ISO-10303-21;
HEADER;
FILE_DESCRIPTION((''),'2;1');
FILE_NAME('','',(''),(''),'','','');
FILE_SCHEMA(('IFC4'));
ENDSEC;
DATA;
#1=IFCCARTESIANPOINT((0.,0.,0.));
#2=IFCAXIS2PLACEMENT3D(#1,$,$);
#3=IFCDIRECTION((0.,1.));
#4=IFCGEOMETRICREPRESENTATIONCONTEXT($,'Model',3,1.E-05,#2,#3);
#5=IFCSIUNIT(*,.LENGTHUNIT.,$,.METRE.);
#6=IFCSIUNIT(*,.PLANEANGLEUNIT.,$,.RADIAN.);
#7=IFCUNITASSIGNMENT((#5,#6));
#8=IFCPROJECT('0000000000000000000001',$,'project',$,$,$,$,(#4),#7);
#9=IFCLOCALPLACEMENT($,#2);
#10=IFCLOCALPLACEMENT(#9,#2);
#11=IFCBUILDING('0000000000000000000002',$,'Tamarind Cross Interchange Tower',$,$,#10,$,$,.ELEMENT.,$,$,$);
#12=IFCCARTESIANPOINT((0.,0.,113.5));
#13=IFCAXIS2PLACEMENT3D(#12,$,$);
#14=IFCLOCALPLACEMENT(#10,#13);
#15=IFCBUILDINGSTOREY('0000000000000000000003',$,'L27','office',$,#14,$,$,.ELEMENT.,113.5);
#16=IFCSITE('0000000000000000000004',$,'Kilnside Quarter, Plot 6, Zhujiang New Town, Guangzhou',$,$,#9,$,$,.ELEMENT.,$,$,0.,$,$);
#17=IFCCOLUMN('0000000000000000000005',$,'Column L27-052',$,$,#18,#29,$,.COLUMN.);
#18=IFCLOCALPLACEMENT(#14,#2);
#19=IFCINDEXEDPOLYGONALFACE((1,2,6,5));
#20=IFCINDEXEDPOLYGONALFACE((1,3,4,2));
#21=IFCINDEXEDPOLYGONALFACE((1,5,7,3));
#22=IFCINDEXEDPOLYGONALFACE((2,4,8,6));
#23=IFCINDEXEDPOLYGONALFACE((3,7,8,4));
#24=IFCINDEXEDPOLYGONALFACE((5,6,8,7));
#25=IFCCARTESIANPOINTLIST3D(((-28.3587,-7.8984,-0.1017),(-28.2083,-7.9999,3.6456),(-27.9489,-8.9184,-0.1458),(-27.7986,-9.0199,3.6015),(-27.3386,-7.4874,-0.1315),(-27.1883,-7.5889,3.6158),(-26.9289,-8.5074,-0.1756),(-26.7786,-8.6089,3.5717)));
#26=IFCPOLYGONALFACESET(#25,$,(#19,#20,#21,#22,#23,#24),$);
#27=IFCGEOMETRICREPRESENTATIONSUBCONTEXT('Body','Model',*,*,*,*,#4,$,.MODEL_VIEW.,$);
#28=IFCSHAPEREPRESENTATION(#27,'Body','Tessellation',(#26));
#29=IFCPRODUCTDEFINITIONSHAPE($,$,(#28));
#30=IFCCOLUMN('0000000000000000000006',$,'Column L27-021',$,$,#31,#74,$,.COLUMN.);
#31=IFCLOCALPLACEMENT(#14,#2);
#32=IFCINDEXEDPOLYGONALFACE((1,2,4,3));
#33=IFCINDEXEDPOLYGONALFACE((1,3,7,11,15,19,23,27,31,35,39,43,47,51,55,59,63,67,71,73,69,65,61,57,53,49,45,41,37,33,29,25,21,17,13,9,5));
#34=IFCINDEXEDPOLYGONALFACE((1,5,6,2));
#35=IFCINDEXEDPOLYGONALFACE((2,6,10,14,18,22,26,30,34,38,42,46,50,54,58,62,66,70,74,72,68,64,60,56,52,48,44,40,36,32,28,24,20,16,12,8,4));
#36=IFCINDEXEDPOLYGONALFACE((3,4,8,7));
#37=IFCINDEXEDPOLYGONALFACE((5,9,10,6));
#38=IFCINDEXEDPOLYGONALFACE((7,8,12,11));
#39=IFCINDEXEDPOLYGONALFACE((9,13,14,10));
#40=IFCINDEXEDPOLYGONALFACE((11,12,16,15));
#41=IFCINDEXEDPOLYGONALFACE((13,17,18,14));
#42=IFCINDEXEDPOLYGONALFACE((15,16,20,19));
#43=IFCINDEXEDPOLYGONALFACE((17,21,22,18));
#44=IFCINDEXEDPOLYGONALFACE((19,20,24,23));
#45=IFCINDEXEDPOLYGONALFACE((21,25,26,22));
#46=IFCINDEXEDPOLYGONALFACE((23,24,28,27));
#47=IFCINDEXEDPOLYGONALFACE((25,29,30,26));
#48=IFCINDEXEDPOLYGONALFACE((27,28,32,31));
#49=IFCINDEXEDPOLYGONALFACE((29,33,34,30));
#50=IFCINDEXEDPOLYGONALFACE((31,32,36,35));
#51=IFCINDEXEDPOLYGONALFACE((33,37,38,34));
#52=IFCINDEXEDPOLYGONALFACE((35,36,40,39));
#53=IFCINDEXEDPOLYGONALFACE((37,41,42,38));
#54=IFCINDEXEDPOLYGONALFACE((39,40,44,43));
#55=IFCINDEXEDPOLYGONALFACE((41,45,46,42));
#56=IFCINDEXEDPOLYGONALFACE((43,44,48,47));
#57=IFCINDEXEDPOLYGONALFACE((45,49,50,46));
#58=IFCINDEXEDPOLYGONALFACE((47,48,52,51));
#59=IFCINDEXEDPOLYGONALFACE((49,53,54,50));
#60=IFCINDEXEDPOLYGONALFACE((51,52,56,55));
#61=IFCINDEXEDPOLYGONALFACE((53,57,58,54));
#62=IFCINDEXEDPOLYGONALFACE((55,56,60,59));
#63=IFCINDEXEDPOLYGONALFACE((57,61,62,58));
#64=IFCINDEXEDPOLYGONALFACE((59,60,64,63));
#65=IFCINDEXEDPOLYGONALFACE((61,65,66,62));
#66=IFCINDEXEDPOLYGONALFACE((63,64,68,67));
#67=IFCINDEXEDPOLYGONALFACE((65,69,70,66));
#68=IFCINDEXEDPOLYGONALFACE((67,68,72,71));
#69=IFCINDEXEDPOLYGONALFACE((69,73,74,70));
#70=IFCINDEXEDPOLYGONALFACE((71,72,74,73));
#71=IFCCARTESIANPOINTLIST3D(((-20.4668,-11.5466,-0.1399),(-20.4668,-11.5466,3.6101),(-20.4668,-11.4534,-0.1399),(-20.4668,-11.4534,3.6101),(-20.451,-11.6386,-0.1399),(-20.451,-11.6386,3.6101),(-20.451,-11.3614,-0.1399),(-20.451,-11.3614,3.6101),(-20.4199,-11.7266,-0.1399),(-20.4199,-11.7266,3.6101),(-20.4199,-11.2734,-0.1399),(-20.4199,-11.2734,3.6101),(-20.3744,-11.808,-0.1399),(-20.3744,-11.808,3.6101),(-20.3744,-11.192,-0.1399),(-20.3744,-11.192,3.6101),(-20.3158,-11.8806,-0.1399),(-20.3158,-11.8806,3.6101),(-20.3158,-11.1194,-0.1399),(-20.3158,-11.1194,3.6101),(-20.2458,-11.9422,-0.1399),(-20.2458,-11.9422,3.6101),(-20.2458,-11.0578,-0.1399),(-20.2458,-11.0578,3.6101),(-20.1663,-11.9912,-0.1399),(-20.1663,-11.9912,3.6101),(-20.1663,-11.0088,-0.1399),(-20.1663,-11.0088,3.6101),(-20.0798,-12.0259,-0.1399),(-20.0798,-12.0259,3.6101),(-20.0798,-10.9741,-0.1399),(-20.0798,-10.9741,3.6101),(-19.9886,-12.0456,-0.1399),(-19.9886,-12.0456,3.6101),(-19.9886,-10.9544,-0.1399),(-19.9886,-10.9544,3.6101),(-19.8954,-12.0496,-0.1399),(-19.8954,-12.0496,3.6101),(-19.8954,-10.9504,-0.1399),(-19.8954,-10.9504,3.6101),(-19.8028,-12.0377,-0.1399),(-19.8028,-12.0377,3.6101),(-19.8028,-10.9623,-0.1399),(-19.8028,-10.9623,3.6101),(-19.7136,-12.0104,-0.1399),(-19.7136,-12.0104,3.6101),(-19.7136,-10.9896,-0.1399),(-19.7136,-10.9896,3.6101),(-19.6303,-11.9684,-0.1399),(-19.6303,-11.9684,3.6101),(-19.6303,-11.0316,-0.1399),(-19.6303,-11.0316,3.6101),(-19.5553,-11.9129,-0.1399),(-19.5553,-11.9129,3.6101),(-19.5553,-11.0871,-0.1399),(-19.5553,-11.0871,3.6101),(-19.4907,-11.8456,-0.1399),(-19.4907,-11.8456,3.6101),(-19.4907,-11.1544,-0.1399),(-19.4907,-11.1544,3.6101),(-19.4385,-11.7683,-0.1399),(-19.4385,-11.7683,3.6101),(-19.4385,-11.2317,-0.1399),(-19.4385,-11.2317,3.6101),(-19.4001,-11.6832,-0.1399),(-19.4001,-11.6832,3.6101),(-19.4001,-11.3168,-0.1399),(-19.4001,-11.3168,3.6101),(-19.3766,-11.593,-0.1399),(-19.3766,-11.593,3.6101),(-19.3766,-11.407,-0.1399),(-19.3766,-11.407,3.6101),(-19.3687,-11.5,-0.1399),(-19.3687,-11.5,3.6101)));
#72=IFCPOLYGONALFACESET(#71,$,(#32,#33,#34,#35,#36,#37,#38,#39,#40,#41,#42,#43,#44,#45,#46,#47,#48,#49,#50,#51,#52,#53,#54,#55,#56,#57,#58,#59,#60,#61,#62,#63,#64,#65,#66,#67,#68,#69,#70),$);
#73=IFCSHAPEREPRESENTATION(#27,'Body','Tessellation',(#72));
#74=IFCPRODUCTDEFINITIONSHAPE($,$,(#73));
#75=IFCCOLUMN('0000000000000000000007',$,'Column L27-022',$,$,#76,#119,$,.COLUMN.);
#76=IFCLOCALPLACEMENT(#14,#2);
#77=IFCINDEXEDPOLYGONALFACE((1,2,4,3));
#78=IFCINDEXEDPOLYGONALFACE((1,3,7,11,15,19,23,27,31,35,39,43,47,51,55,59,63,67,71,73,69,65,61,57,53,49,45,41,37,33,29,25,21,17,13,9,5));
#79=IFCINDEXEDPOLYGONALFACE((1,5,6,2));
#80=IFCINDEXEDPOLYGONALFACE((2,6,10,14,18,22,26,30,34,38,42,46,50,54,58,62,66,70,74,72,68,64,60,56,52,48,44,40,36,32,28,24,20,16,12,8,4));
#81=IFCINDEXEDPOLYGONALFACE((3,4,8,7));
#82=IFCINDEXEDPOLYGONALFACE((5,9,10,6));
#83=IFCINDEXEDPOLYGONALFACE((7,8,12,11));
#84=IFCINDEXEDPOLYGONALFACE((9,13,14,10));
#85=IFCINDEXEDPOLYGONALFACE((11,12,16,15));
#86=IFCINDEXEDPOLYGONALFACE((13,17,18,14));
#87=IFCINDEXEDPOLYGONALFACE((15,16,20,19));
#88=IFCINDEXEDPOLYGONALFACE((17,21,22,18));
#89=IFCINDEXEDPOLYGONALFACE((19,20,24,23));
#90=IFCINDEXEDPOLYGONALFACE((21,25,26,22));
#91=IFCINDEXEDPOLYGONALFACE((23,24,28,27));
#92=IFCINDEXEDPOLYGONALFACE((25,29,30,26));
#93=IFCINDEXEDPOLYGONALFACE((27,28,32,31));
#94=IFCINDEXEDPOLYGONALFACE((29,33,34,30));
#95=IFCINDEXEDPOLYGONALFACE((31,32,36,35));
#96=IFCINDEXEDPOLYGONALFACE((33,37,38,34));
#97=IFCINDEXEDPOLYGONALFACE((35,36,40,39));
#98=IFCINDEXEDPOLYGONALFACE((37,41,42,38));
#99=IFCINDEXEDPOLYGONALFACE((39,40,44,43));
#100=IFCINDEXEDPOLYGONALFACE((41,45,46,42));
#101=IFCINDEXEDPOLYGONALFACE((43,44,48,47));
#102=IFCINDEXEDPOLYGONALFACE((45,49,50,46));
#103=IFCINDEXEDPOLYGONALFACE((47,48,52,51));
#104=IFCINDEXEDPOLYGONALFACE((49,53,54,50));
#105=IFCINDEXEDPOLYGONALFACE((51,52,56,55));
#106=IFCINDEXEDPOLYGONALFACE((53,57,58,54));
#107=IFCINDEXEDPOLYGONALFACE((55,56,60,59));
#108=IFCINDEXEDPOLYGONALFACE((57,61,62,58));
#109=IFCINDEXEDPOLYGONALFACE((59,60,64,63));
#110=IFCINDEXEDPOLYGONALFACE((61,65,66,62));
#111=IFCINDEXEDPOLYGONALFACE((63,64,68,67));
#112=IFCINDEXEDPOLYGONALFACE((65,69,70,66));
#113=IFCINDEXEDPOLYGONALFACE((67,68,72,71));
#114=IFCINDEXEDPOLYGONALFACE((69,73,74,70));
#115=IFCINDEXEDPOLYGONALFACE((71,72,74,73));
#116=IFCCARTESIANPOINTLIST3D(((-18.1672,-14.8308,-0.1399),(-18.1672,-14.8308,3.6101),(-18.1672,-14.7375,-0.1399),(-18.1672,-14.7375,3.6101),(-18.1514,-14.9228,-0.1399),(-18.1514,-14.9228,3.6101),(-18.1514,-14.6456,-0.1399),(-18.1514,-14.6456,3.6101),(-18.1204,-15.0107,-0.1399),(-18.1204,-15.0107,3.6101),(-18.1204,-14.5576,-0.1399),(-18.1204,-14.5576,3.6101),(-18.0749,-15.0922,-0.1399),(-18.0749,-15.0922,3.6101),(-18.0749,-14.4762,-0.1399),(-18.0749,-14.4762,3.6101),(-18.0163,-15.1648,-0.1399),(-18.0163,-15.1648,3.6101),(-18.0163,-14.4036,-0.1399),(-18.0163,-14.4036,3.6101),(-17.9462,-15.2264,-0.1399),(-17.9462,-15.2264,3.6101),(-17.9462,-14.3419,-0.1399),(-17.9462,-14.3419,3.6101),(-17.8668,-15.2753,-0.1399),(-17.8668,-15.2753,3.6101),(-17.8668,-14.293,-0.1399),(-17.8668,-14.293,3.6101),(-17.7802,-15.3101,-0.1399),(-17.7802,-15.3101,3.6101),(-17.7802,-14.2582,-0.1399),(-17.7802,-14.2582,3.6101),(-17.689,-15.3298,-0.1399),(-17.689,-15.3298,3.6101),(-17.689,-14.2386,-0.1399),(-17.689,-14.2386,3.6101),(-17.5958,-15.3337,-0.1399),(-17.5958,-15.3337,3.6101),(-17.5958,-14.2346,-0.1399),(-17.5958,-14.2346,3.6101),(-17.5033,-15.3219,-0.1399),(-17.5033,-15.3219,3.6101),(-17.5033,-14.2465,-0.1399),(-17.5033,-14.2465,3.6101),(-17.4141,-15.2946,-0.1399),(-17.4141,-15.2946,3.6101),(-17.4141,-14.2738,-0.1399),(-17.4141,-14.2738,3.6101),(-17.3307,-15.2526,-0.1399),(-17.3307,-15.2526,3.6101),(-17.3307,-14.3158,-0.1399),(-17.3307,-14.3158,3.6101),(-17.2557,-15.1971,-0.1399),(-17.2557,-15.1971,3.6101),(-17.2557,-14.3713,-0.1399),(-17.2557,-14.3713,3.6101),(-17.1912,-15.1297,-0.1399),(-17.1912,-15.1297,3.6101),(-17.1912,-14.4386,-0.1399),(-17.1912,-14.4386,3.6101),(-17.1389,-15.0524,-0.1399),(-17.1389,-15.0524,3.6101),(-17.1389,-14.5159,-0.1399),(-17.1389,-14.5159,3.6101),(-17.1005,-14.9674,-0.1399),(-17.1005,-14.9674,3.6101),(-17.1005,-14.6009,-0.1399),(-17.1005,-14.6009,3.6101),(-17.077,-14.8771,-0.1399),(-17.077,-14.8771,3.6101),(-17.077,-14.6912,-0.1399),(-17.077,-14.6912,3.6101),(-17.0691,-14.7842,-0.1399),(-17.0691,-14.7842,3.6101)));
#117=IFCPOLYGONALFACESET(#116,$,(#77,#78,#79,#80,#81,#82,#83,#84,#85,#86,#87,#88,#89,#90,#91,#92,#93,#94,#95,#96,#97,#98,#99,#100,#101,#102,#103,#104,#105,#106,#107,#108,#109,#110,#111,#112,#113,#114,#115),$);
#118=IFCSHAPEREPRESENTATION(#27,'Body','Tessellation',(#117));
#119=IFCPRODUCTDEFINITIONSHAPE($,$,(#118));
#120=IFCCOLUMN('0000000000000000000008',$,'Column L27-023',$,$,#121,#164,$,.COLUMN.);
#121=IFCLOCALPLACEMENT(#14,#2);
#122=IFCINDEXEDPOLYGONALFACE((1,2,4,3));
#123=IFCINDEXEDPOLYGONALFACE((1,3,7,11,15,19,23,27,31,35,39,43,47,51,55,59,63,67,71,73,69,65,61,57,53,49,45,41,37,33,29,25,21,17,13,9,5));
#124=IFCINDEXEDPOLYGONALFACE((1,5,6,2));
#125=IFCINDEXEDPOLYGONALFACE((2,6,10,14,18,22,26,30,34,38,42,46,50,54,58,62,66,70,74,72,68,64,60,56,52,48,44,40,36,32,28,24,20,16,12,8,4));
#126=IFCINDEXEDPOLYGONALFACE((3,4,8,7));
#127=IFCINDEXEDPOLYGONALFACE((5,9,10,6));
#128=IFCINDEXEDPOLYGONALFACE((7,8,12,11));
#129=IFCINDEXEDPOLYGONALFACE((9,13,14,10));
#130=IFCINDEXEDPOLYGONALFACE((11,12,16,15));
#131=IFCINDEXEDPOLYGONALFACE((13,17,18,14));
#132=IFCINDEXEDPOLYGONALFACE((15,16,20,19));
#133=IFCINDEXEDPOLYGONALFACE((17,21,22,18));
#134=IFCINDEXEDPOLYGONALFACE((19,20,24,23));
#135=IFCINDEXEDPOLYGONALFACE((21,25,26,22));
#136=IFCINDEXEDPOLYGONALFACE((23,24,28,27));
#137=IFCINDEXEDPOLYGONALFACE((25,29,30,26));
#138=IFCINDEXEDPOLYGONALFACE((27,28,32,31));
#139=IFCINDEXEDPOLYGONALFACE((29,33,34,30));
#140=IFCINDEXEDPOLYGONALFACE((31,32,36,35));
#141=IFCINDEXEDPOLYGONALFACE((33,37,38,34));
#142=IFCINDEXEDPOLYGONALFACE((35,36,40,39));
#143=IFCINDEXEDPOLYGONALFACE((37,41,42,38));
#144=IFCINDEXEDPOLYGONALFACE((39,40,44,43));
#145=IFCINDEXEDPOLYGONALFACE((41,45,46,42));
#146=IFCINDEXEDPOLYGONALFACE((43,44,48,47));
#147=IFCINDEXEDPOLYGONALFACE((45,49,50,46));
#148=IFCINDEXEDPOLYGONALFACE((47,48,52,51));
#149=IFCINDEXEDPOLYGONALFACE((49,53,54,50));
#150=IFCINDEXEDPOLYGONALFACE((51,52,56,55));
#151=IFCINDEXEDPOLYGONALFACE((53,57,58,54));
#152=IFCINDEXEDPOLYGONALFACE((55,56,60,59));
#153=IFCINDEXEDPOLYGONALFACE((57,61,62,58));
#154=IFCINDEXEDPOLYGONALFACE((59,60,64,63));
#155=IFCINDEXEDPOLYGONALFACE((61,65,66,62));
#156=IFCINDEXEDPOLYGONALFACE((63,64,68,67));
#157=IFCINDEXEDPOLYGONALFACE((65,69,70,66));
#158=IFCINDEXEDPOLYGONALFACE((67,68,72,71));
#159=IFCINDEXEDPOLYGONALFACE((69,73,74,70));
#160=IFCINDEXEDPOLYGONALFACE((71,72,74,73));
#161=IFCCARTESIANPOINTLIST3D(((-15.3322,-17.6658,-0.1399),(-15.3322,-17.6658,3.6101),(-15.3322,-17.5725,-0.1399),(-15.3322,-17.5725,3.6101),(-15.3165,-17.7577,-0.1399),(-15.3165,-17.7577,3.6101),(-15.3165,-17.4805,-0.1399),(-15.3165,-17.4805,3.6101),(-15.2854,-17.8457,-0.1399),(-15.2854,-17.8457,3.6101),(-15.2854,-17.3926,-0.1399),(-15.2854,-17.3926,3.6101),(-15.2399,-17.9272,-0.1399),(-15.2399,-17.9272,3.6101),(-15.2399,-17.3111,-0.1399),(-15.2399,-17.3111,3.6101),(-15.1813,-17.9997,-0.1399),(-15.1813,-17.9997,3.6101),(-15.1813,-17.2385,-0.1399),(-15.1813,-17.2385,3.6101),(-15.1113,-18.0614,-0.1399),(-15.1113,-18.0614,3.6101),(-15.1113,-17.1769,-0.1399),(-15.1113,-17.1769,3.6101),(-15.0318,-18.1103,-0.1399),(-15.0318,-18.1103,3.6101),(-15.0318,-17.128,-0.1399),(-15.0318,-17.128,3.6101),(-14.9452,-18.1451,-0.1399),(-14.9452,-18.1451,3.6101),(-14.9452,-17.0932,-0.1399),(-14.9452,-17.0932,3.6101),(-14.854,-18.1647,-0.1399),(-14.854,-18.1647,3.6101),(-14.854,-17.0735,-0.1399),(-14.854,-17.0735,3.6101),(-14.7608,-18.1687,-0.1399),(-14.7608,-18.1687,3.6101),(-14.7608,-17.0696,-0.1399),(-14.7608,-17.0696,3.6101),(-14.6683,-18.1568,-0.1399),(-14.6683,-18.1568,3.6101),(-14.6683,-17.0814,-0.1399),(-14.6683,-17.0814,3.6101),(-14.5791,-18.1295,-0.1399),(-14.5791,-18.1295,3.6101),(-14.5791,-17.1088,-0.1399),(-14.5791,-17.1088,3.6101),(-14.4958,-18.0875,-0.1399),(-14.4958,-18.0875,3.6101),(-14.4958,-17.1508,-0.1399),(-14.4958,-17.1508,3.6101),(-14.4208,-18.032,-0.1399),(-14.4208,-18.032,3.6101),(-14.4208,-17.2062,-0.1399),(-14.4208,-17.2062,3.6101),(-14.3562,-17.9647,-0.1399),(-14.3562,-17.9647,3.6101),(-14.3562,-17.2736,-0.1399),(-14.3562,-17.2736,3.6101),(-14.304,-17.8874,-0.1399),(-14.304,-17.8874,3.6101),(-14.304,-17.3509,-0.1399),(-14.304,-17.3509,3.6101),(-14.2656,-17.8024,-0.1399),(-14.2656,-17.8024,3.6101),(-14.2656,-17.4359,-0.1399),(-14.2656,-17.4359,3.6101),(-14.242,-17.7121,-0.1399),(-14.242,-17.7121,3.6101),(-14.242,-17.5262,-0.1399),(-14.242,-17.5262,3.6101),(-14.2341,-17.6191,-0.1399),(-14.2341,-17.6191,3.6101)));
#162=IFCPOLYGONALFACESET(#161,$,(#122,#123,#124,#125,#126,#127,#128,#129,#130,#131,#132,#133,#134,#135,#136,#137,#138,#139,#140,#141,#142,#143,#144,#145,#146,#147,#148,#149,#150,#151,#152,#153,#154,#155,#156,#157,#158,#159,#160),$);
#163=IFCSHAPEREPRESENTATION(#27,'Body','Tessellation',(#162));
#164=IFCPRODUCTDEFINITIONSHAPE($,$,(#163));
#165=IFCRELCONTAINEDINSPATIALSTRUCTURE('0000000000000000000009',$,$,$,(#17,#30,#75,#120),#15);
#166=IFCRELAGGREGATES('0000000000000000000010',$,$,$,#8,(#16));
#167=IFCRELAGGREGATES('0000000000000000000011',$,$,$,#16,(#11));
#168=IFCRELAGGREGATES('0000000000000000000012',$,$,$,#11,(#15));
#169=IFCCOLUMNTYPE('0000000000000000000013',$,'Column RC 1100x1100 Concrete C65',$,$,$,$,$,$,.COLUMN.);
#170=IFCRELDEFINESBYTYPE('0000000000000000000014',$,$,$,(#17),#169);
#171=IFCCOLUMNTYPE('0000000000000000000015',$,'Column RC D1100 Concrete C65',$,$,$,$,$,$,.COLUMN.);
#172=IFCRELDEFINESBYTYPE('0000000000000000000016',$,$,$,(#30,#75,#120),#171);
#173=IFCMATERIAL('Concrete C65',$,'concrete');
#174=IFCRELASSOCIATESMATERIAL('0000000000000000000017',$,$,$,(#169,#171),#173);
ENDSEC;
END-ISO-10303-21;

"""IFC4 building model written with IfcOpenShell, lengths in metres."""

from ifc_helpers import new_model, si_unit, direction, frame, origin, origin_2d, place, context, subcontext, project, spatial, rectangle, circle, extrude, material, material_profile, profile_set, type_object, element, save


model = new_model("IFC4")

# Units and contexts
model_context = context("Model", 3, precision=1e-05, world=origin(), true_north=direction((0.0, 1.0)))
body_context = subcontext(model_context, "Body", "Model", "MODEL_VIEW")
ifc_project = project(units=[si_unit("LENGTHUNIT", "METRE"), si_unit("PLANEANGLEUNIT", "RADIAN")], contexts=[model_context])

# Site, building, storey
site_placement = place(None, origin())
site = spatial("IfcSite", under=ifc_project, at=site_placement, Name="Kilnside Quarter, Plot 6, Zhujiang New Town, Guangzhou", CompositionType="ELEMENT", RefElevation=0.0)
building_placement = place(site_placement, origin())
building = spatial("IfcBuilding", under=site, at=building_placement, Name="Tamarind Cross Interchange Tower", CompositionType="ELEMENT")
storey_placement = place(building_placement, frame((0.0, 0.0, 113.5)))
storey = spatial("IfcBuildingStorey", under=building, at=storey_placement, Name="L27", Description="office", CompositionType="ELEMENT", Elevation=113.5)

# Columns
ifc_material_1 = material(Name="Concrete C65", Category="concrete")
ifc_material_profile_1 = material_profile(ifc_material_1, rectangle(XDim=1.1001, YDim=1.1001, at=origin_2d()), Name="RC 1100x1100")
ifc_profile_set_1 = profile_set([ifc_material_profile_1], Name="Concrete C65")
column_type_1 = type_object("IfcColumnType", Name="Column RC 1100x1100 Concrete C65", PredefinedType="COLUMN", material=ifc_profile_set_1)
column_placement = place(storey_placement, frame((-27.6438, -8.2029, -0.1387), z_axis=(0.040086, -0.027071, 0.998829), x_axis=(-0.372427, 0.927196, 0.040076)))
element("IfcColumn", 1, at=column_placement, inside=storey, type_object=column_type_1, Name="Column L27-052", PredefinedType="COLUMN", context=body_context, shape_type="SweptSolid", body=[
    extrude(rectangle(XDim=1.1001, YDim=1.1001, at=origin_2d()), origin(), (0.0, 0.0, 1.0), 3.7517),
])
ifc_material_profile_2 = material_profile(ifc_material_1, circle(Radius=0.55, at=origin_2d()), Name="RC D1100")
ifc_profile_set_2 = profile_set([ifc_material_profile_2], Name="Concrete C65")
column_type_2 = type_object("IfcColumnType", Name="Column RC D1100 Concrete C65", PredefinedType="COLUMN", material=ifc_profile_set_2)
for number, where, z_axis, x_axis, name in (
    (2, (-19.9187, -11.5, -0.1399), (0.0, 0.0, 1.0), (1.0, 0.0, 0.0), "Column L27-021"),
    (3, (-17.6191, -14.7842, -0.1399), (0.0, 0.0, 1.0), (1.0, 0.0, 0.0), "Column L27-022"),
    (4, (-14.7842, -17.6191, -0.1399), (0.0, 0.0, 1.0), (1.0, 0.0, 0.0), "Column L27-023"),
):
    element("IfcColumn", number, at=place(storey_placement, frame(where, z_axis=z_axis, x_axis=x_axis)), inside=storey, type_object=column_type_2, Name=name, PredefinedType="COLUMN", context=body_context, shape_type="SweptSolid", body=[
        extrude(circle(Radius=0.55, at=origin_2d()), origin(), (0.0, 0.0, 1.0), 3.75),
    ])

save(model, "model.ifc")
